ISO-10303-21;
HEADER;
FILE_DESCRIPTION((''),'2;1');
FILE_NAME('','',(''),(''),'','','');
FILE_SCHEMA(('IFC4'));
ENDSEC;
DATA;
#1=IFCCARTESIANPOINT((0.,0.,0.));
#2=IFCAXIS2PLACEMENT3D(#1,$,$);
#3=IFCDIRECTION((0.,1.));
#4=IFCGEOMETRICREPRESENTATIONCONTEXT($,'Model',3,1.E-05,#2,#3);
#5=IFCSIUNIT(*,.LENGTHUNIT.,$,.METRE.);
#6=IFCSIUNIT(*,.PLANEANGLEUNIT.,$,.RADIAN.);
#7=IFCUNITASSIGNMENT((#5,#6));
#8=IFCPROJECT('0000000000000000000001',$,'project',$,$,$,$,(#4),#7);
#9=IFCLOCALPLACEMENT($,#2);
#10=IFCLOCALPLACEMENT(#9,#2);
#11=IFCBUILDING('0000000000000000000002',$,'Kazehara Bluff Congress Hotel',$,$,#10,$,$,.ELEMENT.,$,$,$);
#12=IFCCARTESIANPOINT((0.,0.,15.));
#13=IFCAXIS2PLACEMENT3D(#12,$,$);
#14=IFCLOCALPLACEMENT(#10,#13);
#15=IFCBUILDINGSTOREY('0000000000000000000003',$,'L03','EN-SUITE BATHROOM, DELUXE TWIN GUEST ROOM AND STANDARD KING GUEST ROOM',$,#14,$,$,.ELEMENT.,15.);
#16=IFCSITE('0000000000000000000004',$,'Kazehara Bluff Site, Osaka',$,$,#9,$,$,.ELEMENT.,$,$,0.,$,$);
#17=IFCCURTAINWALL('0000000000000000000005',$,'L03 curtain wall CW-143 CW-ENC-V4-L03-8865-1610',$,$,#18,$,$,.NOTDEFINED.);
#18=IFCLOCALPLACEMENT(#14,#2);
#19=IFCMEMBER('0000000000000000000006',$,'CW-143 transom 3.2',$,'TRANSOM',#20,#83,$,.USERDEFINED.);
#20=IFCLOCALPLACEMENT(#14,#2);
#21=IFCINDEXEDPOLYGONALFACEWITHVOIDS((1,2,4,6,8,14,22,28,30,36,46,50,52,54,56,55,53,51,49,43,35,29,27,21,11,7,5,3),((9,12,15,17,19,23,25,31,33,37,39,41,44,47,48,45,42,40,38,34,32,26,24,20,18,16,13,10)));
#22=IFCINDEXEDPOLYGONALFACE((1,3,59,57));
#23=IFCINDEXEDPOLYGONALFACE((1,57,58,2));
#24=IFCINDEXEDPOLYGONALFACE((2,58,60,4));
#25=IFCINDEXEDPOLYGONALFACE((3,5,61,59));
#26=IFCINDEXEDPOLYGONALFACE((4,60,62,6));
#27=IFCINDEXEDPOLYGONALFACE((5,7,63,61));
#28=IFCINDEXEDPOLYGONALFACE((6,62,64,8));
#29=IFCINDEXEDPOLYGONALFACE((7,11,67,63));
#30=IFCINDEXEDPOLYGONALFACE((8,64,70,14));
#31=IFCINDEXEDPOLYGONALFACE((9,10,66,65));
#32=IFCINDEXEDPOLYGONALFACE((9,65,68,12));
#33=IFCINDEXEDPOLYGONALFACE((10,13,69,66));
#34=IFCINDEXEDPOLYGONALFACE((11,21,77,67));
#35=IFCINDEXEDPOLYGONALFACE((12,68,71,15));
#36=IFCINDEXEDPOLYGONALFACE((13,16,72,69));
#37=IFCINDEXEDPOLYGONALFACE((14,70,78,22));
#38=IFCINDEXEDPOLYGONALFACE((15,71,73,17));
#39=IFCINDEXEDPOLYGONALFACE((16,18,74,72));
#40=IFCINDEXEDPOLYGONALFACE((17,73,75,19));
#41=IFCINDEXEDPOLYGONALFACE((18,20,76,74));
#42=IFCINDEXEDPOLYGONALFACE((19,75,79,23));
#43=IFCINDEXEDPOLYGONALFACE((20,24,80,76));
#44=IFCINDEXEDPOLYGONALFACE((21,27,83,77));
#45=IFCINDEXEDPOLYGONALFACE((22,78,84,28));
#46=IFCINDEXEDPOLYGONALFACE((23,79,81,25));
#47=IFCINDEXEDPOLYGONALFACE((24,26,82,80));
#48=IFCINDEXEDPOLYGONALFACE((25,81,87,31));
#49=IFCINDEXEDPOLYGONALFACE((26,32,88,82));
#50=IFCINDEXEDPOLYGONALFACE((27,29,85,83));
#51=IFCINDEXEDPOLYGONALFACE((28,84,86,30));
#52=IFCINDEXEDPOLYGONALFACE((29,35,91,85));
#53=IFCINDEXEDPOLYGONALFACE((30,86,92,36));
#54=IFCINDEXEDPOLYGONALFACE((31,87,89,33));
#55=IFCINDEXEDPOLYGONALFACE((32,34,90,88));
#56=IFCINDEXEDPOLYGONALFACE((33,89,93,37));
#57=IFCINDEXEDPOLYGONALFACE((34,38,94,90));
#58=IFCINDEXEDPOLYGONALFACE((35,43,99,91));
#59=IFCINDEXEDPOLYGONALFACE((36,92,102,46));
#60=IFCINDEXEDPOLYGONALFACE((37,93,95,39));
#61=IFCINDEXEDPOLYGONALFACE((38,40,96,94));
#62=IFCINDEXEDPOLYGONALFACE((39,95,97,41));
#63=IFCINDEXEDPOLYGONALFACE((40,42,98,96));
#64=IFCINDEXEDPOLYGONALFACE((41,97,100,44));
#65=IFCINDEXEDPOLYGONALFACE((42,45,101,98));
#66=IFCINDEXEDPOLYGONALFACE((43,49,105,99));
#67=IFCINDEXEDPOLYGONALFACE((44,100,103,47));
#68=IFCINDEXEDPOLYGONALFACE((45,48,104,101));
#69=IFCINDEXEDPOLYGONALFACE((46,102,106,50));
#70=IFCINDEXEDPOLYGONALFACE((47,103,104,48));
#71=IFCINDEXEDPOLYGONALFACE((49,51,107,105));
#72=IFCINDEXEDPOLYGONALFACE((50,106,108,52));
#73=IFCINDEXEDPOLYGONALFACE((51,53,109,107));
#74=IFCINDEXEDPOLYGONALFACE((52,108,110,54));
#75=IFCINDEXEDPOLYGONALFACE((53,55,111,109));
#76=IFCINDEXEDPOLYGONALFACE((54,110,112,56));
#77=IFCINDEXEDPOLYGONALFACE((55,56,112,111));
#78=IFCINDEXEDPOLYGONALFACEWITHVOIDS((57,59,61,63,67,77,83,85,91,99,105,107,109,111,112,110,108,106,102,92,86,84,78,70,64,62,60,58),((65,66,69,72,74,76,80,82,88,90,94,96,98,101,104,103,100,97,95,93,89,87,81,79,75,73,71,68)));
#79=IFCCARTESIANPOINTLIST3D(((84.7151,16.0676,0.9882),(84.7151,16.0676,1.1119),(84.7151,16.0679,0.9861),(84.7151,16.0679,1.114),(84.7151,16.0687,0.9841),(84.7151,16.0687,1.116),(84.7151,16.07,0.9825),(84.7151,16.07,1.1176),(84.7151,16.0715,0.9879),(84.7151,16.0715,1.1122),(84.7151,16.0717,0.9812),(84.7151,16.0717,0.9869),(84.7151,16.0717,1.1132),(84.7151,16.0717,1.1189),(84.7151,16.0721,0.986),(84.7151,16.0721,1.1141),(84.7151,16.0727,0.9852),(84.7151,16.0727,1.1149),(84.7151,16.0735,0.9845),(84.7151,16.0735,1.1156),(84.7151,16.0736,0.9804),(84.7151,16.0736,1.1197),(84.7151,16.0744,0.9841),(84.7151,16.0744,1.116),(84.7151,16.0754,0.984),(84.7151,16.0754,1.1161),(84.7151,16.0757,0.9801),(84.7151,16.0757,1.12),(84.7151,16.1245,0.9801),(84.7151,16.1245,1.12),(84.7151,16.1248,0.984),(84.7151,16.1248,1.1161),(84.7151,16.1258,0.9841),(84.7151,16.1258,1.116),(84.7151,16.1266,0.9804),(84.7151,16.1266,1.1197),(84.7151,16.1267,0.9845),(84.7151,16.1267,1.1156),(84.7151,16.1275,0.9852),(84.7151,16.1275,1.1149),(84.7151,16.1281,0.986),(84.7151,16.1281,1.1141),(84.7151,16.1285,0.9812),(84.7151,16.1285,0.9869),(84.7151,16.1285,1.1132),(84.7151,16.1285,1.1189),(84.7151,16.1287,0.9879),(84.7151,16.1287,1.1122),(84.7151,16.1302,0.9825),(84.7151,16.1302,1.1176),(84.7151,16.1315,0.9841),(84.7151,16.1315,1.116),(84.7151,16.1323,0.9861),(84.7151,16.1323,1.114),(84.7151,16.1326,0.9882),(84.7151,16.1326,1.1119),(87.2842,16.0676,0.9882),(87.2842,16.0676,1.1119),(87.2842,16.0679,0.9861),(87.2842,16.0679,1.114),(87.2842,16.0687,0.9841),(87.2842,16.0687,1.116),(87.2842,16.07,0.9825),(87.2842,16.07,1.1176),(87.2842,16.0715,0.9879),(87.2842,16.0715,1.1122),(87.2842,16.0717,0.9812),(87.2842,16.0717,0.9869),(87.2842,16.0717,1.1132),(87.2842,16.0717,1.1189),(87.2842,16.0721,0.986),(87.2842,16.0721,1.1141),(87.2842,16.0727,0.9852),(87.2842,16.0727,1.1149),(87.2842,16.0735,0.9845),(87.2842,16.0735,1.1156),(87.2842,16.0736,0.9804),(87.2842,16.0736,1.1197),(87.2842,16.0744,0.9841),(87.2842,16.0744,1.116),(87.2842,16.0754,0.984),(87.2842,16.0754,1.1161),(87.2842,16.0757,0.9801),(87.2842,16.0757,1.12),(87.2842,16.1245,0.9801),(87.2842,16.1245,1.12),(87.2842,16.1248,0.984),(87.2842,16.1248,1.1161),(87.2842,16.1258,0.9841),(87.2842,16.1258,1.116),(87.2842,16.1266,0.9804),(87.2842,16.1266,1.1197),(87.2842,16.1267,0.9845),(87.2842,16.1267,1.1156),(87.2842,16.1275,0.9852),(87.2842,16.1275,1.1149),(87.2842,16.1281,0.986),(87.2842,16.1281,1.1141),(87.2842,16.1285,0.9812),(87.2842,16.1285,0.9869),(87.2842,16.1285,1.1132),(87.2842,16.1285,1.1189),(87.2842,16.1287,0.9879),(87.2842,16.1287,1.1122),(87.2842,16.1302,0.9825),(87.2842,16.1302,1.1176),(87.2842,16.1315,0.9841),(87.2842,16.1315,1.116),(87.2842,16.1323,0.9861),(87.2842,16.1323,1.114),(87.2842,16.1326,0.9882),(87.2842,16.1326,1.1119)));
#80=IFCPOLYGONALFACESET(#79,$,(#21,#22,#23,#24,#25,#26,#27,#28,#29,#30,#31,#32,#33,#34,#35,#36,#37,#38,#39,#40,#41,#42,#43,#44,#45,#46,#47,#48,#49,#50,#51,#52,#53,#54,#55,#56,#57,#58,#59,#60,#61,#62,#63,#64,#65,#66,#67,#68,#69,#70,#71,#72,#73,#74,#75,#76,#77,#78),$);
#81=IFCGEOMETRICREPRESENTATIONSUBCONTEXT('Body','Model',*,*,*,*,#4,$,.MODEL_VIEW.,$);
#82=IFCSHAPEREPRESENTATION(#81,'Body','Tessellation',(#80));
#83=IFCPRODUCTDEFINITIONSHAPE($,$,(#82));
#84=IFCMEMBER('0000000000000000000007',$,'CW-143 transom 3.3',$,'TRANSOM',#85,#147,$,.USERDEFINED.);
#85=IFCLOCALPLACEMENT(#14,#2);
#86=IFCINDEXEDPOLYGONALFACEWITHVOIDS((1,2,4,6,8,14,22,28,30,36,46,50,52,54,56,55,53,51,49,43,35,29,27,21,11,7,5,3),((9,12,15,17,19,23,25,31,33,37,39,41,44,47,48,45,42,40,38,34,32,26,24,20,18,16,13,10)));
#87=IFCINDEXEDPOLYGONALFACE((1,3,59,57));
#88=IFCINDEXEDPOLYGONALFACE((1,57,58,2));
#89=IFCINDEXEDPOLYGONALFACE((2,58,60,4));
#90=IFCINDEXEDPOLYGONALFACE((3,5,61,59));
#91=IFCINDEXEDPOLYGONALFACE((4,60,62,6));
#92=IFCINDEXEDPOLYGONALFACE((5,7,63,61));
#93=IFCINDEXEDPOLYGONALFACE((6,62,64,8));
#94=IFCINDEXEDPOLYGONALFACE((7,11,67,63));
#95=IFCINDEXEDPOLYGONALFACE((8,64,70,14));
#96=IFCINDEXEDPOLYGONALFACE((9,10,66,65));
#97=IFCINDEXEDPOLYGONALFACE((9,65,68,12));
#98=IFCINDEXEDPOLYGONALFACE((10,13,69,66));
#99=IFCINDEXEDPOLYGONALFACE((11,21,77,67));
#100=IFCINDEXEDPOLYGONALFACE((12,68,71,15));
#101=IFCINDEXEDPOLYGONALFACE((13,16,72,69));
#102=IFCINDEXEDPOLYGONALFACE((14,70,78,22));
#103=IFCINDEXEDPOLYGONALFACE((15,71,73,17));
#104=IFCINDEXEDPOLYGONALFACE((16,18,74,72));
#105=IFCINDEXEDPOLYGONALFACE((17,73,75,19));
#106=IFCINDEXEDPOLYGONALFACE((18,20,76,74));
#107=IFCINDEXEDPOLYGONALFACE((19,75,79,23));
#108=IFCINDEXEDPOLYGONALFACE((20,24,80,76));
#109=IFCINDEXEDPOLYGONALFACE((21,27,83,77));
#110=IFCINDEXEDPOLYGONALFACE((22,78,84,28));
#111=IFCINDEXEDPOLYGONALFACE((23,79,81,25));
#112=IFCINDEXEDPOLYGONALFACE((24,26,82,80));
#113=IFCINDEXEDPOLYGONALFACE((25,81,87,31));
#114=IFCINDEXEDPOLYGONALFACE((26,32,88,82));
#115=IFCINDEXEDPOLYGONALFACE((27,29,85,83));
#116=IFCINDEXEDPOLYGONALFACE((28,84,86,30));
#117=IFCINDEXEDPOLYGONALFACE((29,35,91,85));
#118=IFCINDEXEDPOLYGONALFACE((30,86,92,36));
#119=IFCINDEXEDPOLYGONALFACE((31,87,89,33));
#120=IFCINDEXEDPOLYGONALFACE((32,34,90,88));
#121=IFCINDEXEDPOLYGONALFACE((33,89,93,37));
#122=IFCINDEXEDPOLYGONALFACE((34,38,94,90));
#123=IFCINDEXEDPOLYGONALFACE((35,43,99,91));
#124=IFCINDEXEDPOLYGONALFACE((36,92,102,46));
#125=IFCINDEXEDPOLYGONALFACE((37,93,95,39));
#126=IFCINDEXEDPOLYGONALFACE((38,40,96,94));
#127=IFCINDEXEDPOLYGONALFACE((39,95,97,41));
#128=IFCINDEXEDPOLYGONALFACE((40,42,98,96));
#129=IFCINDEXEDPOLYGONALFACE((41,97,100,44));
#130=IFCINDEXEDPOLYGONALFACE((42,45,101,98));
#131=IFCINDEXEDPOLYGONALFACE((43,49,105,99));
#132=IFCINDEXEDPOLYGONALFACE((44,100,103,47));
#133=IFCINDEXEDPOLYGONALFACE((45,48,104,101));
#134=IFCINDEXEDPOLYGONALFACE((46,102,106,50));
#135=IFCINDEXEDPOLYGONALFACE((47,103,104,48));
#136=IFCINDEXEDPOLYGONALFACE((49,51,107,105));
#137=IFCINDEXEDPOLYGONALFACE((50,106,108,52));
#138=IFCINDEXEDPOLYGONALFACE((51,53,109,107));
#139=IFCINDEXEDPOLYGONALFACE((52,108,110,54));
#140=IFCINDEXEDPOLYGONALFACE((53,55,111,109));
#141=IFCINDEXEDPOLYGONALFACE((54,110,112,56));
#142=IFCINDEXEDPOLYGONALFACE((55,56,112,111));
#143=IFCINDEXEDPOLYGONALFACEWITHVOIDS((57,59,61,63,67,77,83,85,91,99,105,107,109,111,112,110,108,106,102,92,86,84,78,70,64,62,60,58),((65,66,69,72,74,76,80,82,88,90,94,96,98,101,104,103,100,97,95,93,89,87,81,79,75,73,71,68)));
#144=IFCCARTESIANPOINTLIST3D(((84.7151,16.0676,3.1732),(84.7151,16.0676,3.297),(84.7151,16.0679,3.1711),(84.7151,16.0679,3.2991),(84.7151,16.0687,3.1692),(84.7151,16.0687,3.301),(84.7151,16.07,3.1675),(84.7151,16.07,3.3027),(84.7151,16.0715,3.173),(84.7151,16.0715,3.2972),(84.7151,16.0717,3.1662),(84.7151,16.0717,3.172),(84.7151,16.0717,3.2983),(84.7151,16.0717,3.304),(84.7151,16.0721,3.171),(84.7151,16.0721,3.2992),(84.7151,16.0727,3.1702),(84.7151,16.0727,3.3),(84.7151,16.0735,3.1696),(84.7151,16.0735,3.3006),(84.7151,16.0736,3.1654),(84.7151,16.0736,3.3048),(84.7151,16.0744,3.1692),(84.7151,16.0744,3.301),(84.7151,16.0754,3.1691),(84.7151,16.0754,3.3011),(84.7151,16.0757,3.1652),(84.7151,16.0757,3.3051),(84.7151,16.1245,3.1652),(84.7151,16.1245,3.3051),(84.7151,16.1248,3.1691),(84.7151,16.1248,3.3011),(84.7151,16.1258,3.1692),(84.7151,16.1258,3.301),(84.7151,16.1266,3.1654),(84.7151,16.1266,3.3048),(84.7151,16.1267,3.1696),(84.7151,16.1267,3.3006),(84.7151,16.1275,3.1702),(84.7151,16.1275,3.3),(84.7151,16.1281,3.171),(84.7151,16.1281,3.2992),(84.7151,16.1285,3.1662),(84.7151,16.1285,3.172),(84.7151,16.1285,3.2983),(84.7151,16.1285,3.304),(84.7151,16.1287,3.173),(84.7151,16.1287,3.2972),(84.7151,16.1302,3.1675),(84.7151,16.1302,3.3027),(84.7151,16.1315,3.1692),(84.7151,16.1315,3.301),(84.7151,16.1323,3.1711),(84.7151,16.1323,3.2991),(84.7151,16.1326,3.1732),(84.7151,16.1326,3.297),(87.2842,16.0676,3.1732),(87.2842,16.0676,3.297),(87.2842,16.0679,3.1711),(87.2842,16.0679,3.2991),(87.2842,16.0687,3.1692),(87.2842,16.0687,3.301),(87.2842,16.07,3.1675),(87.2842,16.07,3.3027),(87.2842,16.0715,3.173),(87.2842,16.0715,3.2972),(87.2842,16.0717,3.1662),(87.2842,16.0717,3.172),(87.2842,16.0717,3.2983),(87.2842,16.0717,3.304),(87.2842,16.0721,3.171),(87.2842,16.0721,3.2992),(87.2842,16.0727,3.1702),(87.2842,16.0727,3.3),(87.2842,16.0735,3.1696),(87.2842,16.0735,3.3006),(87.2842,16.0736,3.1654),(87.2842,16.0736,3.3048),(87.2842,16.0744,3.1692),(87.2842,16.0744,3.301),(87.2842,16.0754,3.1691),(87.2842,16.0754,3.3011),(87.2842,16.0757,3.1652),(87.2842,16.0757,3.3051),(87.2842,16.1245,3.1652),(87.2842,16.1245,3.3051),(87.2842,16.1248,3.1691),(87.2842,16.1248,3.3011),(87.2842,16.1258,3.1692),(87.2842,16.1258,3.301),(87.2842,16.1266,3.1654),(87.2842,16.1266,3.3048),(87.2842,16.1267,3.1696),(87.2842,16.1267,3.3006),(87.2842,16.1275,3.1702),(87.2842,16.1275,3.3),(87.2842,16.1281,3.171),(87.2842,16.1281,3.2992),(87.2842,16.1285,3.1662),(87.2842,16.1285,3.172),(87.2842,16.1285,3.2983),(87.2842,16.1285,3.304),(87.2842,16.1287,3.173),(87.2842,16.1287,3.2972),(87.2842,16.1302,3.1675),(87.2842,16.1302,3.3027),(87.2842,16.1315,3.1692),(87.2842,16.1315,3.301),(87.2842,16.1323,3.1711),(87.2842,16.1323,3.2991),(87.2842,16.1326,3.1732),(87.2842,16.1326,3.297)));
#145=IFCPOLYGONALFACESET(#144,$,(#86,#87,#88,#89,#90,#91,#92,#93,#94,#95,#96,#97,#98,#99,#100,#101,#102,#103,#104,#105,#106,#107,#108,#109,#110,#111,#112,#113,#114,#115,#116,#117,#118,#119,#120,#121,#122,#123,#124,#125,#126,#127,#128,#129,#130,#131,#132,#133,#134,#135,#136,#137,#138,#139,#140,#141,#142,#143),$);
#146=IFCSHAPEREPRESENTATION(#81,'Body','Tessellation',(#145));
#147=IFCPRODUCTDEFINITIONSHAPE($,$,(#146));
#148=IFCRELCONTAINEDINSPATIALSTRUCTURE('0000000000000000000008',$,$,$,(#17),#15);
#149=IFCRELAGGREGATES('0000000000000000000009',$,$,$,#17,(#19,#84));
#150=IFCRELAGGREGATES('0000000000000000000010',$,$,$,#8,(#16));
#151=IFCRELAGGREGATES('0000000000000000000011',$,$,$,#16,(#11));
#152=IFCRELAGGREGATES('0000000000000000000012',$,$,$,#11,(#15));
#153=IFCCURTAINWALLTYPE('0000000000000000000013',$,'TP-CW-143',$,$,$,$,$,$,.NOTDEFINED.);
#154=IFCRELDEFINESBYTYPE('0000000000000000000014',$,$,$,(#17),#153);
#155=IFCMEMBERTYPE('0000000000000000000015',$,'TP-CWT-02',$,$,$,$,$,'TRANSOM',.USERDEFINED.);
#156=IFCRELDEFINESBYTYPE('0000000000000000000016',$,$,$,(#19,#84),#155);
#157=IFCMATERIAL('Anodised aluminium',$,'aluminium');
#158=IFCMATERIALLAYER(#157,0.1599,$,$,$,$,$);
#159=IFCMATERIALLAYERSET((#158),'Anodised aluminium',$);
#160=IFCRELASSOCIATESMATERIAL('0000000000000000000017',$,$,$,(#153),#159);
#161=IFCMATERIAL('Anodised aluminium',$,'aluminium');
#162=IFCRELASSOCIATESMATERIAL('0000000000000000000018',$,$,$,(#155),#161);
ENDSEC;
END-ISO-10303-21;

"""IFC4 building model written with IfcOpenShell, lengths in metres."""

from ifc_helpers import new_model, si_unit, direction, frame, origin, origin_2d, place, context, subcontext, project, spatial, hollow_rectangle, extrude, material, layer, layer_set, material_profile, profile_set, type_object, element, aggregate, save


model = new_model("IFC4")

# Units and contexts
model_context = context("Model", 3, precision=1e-05, world=origin(), true_north=direction((0.0, 1.0)))
body_context = subcontext(model_context, "Body", "Model", "MODEL_VIEW")
ifc_project = project(units=[si_unit("LENGTHUNIT", "METRE"), si_unit("PLANEANGLEUNIT", "RADIAN")], contexts=[model_context])

# Site, building, storey
site_placement = place(None, origin())
site = spatial("IfcSite", under=ifc_project, at=site_placement, Name="Kazehara Bluff Site, Osaka", CompositionType="ELEMENT", RefElevation=0.0)
building_placement = place(site_placement, origin())
building = spatial("IfcBuilding", under=site, at=building_placement, Name="Kazehara Bluff Congress Hotel", CompositionType="ELEMENT")
storey_placement = place(building_placement, frame((0.0, 0.0, 15.0)))
storey = spatial("IfcBuildingStorey", under=building, at=storey_placement, Name="L03", Description="EN-SUITE BATHROOM, DELUXE TWIN GUEST ROOM AND STANDARD KING GUEST ROOM", CompositionType="ELEMENT", Elevation=15.0)

# Curtain wall, members
ifc_material_1 = material(Name="Anodised aluminium", Category="aluminium")
ifc_layer_1 = layer(ifc_material_1, 0.1599)
ifc_layer_set_1 = layer_set([ifc_layer_1], Name="Anodised aluminium")
curtain_wall_type = type_object("IfcCurtainWallType", Name="TP-CW-143", PredefinedType="NOTDEFINED", material=ifc_layer_set_1)
curtain_wall_placement = place(storey_placement, origin())
curtain_wall = element("IfcCurtainWall", 1, at=curtain_wall_placement, inside=storey, type_object=curtain_wall_type, Name="L03 curtain wall CW-143 CW-ENC-V4-L03-8865-1610", PredefinedType="NOTDEFINED")
ifc_material_2 = material(Name="Anodised aluminium", Category="aluminium")
ifc_material_profile_1 = material_profile(ifc_material_2, hollow_rectangle(XDim=0.0649, YDim=0.1399, WallThickness=0.0039, InnerFilletRadius=0.0039, OuterFilletRadius=0.0081, at=origin_2d()))
ifc_profile_set_1 = profile_set([ifc_material_profile_1], Name="Anodised aluminium")
member_type_1 = type_object("IfcMemberType", Name="TP-CWT-02", ElementType="TRANSOM", PredefinedType="USERDEFINED", material=ifc_profile_set_1)
member_1_placement = place(storey_placement, frame((87.2842, 16.1001, 1.05), z_axis=(-1.0, 0.0, 0.0), x_axis=(0.0, -1.0, 0.0)))
member_1 = element("IfcMember", 2, at=member_1_placement, type_object=member_type_1, Name="CW-143 transom 3.2", ObjectType="TRANSOM", PredefinedType="USERDEFINED", context=body_context, shape_type="SweptSolid", body=[
    extrude(hollow_rectangle(XDim=0.0649, YDim=0.1399, WallThickness=0.0039, InnerFilletRadius=0.0039, OuterFilletRadius=0.0081, at=origin_2d()), origin(), (0.0, 0.0, 1.0), 2.5691),
])
member_2_placement = place(storey_placement, frame((87.2842, 16.1001, 3.2351), z_axis=(-1.0, 0.0, 0.0), x_axis=(0.0, -1.0, 0.0)))
member_2 = element("IfcMember", 3, at=member_2_placement, type_object=member_type_1, Name="CW-143 transom 3.3", ObjectType="TRANSOM", PredefinedType="USERDEFINED", context=body_context, shape_type="SweptSolid", body=[
    extrude(hollow_rectangle(XDim=0.0649, YDim=0.1399, WallThickness=0.0039, InnerFilletRadius=0.0039, OuterFilletRadius=0.0081, at=origin_2d()), origin(), (0.0, 0.0, 1.0), 2.5691),
])

aggregate(curtain_wall, [member_1, member_2])

save(model, "model.ifc")
